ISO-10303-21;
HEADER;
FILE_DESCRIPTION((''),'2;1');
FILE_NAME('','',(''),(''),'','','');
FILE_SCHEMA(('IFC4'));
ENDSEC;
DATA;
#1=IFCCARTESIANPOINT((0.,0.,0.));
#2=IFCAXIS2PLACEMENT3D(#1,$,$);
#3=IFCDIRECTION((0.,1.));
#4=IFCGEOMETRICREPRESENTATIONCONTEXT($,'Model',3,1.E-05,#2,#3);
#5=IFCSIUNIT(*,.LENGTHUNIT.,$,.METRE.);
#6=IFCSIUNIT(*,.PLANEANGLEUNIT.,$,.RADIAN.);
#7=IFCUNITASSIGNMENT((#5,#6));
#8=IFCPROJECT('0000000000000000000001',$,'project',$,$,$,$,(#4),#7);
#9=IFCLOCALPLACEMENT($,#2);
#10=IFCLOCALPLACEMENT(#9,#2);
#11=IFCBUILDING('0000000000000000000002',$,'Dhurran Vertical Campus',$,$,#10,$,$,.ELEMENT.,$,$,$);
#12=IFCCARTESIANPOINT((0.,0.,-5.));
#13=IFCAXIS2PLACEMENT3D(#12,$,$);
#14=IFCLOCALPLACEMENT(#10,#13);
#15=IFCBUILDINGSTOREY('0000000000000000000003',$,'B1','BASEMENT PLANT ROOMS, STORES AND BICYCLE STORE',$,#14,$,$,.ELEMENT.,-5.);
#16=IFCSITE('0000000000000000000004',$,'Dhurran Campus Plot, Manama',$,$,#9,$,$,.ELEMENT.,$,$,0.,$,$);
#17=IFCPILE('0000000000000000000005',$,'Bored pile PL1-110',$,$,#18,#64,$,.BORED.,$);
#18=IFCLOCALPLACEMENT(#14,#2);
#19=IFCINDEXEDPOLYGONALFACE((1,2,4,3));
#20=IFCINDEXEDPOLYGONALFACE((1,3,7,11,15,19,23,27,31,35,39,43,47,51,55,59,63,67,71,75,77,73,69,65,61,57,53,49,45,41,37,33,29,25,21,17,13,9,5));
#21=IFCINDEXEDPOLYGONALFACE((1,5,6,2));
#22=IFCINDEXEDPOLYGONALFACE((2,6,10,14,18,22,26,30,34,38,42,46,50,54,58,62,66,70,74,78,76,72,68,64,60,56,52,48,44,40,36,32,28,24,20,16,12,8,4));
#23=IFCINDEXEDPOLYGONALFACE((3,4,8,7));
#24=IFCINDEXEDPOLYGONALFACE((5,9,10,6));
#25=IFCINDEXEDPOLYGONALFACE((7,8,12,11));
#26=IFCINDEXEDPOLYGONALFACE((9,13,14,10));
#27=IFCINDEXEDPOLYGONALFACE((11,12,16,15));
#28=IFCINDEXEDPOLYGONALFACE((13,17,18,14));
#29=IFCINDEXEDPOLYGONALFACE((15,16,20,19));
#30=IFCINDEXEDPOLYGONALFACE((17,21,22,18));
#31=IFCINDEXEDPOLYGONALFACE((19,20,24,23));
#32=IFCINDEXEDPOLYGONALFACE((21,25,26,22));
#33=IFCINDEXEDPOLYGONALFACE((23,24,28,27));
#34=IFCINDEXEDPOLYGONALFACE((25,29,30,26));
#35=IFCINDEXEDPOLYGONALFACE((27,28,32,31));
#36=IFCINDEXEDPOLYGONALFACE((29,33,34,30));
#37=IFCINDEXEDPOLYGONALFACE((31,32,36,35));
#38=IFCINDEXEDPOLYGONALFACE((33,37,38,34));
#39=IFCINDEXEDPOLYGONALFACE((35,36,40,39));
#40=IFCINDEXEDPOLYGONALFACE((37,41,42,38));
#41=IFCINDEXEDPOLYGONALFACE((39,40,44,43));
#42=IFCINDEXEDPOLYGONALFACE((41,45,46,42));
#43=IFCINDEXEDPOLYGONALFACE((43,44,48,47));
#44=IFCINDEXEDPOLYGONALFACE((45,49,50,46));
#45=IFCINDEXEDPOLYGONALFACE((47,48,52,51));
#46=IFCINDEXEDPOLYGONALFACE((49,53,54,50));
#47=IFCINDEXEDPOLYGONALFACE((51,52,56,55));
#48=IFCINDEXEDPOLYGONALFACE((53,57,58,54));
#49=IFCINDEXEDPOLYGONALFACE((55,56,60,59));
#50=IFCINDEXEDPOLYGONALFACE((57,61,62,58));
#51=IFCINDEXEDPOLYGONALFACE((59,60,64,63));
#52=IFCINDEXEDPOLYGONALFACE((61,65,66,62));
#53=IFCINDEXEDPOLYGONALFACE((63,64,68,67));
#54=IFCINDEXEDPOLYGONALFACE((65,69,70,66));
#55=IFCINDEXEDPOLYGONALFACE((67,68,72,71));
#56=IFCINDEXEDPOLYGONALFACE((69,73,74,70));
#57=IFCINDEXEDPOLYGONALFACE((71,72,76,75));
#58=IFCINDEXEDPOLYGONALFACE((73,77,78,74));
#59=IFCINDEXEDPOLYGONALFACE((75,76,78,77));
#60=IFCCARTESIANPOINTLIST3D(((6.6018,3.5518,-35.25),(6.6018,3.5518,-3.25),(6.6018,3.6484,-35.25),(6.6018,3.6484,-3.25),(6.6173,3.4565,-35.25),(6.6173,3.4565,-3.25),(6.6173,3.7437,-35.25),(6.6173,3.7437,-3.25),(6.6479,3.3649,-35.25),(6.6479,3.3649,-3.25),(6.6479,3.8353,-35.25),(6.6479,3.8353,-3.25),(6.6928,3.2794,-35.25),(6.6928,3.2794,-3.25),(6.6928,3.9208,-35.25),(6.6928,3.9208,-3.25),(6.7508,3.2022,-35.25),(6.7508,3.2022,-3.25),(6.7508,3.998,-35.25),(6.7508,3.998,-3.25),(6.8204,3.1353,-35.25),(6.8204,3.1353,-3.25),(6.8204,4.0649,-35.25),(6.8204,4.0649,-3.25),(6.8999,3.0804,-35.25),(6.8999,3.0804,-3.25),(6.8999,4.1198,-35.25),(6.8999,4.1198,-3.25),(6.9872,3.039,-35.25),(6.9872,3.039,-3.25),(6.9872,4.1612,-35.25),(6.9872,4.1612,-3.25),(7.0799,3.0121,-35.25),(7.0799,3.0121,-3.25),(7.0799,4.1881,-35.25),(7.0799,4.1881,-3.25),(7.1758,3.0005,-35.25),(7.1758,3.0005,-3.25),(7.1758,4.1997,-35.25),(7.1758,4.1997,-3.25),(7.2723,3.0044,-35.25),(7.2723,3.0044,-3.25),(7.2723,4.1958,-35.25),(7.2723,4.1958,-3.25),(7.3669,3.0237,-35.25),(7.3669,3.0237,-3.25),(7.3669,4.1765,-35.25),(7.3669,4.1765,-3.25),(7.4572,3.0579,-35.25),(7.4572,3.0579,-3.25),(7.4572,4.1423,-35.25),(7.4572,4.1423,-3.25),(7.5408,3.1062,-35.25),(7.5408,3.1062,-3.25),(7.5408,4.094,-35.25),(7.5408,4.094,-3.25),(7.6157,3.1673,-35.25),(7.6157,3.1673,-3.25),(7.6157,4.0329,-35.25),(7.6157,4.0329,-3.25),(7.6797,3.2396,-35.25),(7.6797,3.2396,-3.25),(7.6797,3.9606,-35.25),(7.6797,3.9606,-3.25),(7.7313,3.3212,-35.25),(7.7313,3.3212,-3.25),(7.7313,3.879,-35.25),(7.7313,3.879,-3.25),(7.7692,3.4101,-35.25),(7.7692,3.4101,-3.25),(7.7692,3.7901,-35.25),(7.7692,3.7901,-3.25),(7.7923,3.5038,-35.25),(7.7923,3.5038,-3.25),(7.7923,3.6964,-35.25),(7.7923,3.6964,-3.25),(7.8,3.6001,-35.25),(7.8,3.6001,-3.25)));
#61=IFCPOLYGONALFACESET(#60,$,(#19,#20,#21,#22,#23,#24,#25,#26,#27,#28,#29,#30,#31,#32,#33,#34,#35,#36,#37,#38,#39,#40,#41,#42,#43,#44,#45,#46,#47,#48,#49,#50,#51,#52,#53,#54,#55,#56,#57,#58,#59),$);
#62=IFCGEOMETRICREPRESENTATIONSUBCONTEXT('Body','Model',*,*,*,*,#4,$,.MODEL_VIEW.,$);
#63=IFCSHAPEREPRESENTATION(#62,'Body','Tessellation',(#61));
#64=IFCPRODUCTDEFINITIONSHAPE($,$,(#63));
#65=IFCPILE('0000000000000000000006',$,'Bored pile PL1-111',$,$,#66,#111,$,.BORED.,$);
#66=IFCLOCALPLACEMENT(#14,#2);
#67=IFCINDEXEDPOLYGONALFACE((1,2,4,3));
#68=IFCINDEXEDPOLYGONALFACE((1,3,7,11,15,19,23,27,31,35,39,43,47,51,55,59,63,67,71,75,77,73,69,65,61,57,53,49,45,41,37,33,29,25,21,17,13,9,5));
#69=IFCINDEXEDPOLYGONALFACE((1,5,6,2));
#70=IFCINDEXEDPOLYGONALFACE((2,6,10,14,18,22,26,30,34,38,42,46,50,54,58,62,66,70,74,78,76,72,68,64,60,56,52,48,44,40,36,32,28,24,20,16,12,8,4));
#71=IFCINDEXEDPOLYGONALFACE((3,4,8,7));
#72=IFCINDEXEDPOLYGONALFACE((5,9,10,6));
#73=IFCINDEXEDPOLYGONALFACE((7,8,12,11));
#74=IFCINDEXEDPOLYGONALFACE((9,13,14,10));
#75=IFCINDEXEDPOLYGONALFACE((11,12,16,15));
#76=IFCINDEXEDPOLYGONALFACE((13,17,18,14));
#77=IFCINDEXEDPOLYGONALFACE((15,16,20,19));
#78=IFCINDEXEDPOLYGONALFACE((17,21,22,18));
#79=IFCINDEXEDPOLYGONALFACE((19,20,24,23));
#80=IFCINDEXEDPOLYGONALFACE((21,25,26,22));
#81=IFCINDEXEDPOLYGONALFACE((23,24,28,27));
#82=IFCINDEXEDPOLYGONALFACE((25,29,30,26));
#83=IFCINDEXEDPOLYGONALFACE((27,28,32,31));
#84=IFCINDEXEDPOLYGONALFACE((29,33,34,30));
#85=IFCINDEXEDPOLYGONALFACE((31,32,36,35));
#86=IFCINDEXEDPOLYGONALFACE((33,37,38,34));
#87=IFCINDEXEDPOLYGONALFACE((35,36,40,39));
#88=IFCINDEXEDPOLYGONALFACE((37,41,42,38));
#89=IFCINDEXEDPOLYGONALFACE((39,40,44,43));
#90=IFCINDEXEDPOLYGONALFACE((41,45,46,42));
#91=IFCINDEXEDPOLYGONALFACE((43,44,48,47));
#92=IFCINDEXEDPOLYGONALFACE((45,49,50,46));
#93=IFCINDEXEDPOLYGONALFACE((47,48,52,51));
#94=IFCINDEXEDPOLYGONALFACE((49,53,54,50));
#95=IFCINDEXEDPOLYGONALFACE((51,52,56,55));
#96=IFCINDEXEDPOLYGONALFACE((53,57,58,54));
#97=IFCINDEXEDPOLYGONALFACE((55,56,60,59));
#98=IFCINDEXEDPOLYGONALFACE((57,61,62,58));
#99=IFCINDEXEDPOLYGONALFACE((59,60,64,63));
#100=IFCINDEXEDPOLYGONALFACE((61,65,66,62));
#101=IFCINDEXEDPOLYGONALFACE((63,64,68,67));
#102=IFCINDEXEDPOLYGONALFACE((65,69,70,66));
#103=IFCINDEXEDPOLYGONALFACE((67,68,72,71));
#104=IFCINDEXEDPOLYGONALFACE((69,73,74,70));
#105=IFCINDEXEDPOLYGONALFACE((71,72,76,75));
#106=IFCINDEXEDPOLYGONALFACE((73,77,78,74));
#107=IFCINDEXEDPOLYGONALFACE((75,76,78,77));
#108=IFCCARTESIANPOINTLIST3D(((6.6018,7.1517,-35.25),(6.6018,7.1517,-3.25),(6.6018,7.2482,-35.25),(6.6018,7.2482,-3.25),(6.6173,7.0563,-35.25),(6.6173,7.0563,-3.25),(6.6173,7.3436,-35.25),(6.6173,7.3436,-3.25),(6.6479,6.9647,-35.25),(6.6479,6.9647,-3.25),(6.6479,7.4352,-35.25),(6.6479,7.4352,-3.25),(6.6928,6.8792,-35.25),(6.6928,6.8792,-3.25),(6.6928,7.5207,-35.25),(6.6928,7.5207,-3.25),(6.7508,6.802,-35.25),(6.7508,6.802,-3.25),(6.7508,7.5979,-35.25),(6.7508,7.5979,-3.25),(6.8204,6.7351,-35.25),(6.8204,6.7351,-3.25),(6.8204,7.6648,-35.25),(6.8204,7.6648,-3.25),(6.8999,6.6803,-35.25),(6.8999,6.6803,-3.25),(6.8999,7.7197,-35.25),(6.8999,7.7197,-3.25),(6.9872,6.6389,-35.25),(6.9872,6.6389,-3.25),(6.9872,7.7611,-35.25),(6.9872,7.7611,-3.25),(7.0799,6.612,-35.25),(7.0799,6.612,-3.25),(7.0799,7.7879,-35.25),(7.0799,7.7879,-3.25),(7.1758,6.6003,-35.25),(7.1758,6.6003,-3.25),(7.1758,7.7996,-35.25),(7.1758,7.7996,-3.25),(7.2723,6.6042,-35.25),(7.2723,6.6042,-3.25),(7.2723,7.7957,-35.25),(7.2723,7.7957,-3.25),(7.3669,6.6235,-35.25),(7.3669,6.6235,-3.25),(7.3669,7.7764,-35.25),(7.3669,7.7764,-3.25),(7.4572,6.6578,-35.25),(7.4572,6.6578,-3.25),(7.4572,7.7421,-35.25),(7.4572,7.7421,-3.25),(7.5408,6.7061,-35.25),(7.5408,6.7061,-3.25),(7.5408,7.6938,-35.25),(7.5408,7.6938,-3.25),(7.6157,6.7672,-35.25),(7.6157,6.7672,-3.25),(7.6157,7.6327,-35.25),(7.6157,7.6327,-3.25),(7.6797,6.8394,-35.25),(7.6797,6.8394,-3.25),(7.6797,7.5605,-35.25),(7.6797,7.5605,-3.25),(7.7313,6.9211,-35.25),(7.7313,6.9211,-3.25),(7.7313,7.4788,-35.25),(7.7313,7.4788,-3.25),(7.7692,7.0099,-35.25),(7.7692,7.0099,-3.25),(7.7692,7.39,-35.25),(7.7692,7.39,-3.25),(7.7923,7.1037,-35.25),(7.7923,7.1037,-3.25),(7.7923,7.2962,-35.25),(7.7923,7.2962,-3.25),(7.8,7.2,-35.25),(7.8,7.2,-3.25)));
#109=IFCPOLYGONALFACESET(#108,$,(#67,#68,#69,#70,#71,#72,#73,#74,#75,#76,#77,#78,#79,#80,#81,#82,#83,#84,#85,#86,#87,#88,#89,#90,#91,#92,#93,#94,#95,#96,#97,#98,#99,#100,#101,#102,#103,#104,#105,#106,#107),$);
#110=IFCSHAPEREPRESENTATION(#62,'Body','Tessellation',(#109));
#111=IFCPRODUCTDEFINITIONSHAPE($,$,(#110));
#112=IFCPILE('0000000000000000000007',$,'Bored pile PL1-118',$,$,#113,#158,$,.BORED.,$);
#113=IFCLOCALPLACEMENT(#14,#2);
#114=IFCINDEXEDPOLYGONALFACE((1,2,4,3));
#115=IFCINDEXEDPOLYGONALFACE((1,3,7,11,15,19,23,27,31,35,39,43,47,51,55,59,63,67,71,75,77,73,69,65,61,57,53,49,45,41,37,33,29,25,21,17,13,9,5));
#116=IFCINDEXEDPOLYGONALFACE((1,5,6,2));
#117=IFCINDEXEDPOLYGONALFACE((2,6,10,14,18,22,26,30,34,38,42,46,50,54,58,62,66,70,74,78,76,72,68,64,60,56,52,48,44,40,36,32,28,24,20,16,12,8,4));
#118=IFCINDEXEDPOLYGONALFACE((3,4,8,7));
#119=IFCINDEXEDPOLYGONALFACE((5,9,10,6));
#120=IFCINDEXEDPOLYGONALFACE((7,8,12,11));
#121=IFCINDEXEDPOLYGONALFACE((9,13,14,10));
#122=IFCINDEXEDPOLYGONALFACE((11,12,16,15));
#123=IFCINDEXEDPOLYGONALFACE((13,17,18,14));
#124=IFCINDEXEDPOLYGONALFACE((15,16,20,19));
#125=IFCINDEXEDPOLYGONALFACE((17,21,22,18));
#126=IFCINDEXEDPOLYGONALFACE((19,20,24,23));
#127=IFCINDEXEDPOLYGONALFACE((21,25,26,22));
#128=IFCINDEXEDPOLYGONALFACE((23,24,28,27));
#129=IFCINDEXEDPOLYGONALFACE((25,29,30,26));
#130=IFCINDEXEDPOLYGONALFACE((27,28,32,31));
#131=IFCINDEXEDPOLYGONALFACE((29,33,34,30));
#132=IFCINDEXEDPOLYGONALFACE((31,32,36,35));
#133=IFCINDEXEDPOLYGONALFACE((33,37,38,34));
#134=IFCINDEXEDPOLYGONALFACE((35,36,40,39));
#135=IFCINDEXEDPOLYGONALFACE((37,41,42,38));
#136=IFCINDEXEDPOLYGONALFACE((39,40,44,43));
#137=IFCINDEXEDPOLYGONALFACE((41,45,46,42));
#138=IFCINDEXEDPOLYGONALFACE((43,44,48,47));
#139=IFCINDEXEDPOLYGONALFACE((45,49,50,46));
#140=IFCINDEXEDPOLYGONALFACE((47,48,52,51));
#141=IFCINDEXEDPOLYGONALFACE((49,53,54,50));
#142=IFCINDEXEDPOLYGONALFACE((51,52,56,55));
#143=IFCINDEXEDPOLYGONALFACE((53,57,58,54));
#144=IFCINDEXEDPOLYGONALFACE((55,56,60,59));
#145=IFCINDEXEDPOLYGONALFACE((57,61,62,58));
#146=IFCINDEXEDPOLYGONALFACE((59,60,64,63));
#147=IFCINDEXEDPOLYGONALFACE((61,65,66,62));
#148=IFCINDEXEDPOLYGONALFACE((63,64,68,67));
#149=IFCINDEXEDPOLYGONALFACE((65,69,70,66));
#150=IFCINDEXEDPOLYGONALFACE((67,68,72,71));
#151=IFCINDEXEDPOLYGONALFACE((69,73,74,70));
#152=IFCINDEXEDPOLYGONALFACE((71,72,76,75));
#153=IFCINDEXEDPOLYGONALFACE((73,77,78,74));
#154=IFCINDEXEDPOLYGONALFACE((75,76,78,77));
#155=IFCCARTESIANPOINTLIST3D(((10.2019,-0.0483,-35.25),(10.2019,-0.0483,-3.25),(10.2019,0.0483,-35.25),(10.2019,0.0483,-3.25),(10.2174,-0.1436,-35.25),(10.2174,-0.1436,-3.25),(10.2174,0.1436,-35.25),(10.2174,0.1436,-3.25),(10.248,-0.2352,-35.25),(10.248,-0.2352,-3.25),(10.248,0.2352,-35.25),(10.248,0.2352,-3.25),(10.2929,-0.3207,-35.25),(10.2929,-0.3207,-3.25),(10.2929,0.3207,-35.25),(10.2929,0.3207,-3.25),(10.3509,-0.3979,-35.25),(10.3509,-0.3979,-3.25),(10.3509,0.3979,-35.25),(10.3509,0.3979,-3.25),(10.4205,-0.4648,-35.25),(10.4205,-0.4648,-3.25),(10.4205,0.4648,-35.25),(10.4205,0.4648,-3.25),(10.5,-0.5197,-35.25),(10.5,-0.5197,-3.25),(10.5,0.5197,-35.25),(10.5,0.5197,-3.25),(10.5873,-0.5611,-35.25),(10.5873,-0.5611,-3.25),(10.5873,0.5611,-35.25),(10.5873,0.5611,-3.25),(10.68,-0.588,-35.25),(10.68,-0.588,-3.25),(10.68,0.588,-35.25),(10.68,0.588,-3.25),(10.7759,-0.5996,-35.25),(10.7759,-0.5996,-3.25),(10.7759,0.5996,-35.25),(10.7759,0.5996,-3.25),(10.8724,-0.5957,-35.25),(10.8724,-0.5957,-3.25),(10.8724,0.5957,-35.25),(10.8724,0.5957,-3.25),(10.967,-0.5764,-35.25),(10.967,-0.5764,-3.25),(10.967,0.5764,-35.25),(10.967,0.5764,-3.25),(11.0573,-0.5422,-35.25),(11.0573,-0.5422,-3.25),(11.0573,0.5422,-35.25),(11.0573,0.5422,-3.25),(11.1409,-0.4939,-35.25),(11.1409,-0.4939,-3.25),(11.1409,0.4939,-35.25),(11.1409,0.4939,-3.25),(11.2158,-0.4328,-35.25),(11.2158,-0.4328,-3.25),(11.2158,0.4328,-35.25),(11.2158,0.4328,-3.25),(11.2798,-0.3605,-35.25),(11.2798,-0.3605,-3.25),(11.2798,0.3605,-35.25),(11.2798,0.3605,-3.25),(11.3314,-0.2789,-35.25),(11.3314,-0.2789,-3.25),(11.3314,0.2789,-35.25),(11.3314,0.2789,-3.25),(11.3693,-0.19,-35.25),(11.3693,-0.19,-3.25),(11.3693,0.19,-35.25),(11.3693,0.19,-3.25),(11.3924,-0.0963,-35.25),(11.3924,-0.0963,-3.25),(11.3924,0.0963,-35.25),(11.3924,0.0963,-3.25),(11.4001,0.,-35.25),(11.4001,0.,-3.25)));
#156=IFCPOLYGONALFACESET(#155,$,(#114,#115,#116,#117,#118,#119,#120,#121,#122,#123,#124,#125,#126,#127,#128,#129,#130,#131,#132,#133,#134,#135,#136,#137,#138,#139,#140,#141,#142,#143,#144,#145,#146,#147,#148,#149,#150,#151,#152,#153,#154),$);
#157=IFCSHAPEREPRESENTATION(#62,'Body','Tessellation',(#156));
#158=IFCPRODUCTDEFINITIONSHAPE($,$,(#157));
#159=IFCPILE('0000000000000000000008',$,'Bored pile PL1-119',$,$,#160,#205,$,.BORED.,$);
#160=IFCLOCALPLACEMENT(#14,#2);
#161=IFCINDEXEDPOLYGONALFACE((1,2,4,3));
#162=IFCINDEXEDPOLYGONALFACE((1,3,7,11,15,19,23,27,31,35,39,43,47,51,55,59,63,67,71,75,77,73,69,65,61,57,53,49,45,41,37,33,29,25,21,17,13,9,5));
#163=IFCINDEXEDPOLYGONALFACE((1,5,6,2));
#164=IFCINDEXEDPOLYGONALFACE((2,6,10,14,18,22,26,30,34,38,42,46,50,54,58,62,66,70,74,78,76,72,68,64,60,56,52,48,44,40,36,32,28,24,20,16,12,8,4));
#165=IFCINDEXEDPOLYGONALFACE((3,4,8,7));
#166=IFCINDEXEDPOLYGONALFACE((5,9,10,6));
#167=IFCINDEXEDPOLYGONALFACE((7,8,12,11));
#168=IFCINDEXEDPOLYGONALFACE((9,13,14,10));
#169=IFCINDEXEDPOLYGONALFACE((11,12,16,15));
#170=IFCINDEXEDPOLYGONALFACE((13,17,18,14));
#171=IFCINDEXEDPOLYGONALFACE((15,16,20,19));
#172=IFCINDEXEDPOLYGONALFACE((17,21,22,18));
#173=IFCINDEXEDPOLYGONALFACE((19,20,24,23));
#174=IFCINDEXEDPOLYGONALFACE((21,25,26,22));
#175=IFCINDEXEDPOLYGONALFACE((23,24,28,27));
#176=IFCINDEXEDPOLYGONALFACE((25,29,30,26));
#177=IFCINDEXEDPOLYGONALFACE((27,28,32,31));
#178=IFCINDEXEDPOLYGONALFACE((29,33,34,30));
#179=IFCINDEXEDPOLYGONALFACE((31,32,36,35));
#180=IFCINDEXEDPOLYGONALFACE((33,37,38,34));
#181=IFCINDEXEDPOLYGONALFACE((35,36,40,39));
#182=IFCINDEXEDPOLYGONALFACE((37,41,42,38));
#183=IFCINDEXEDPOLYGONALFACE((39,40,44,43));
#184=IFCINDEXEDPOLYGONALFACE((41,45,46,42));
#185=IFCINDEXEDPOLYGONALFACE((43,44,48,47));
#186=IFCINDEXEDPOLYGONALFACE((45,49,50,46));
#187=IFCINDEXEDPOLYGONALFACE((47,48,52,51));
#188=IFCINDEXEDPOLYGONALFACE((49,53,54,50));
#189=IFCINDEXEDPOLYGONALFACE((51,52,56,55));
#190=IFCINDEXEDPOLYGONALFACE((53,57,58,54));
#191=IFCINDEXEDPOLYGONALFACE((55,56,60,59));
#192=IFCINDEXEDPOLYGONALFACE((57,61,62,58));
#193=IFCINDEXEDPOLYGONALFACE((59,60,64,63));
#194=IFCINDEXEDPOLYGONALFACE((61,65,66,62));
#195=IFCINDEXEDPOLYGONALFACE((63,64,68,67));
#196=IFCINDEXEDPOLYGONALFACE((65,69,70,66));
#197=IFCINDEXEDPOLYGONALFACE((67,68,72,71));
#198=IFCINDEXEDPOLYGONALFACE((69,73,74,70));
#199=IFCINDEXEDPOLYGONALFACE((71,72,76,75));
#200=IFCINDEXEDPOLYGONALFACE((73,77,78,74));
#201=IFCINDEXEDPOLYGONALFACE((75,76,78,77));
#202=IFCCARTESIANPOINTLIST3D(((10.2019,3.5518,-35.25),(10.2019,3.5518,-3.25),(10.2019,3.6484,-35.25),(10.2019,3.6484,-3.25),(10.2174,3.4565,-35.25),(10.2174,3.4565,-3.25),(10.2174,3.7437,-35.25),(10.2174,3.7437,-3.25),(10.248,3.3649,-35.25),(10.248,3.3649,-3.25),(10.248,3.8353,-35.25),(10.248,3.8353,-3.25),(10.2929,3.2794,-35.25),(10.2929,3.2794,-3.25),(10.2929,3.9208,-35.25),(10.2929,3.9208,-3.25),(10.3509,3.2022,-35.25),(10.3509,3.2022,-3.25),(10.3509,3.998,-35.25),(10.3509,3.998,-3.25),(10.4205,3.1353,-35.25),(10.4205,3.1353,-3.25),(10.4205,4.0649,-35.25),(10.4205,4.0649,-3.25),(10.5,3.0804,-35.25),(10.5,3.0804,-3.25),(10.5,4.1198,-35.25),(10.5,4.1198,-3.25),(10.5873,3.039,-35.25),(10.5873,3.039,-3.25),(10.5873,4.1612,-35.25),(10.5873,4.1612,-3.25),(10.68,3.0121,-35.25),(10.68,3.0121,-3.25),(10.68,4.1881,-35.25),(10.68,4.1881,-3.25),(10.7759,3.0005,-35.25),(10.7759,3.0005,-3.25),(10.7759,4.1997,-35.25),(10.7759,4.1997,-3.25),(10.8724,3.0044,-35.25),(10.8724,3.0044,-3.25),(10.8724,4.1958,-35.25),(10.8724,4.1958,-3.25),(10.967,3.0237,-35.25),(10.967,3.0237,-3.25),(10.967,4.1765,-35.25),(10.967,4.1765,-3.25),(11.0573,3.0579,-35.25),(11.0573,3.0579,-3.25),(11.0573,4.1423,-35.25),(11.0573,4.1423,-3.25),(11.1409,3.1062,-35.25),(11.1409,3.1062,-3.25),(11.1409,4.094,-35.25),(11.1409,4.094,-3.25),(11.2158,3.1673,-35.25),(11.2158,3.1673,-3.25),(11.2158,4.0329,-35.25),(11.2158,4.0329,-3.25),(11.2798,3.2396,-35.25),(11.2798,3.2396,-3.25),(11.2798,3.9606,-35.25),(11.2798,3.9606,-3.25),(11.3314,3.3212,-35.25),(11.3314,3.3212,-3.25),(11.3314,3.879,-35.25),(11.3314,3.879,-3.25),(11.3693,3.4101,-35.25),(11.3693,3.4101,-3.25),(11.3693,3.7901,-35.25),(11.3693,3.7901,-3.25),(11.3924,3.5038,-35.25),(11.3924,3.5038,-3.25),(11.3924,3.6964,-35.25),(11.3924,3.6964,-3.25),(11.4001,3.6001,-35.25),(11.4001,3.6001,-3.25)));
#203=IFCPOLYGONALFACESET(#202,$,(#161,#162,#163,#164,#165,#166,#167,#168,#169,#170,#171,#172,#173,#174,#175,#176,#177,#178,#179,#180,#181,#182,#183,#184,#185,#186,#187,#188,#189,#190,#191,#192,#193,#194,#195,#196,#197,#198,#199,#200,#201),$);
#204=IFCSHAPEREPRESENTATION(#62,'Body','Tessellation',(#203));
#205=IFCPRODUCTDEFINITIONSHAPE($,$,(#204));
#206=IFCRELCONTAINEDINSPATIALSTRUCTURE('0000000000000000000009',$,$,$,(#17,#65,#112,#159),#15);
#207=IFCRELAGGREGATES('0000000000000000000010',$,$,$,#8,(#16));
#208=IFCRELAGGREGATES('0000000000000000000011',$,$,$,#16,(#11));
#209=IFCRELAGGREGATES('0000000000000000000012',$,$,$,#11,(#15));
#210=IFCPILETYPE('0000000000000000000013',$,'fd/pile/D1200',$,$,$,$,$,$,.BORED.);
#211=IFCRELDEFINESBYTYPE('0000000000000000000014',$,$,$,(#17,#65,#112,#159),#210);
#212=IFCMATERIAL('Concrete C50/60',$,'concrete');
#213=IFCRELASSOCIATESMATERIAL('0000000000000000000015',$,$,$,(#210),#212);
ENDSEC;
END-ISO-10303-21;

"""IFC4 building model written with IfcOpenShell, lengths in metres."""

from ifc_helpers import new_model, si_unit, direction, frame, origin, origin_2d, place, context, subcontext, project, spatial, circle, extrude, material, material_profile, profile_set, type_object, element, save


model = new_model("IFC4")

# Units and contexts
model_context = context("Model", 3, precision=1e-05, world=origin(), true_north=direction((0.0, 1.0)))
body_context = subcontext(model_context, "Body", "Model", "MODEL_VIEW")
ifc_project = project(units=[si_unit("LENGTHUNIT", "METRE"), si_unit("PLANEANGLEUNIT", "RADIAN")], contexts=[model_context])

# Site, building, storey
site_placement = place(None, origin())
site = spatial("IfcSite", under=ifc_project, at=site_placement, Name="Dhurran Campus Plot, Manama", CompositionType="ELEMENT", RefElevation=0.0)
building_placement = place(site_placement, origin())
building = spatial("IfcBuilding", under=site, at=building_placement, Name="Dhurran Vertical Campus", CompositionType="ELEMENT")
storey_placement = place(building_placement, frame((0.0, 0.0, -5.0)))
storey = spatial("IfcBuildingStorey", under=building, at=storey_placement, Name="B1", Description="BASEMENT PLANT ROOMS, STORES AND BICYCLE STORE", CompositionType="ELEMENT", Elevation=-5.0)

# Piles
ifc_material_1 = material(Name="Concrete C50/60", Category="concrete")
ifc_material_profile = material_profile(ifc_material_1, circle(Radius=0.6001, at=origin_2d()), Name="fd/pile/D1200")
ifc_profile_set = profile_set([ifc_material_profile], Name="Concrete C50/60")
pile_type = type_object("IfcPileType", Name="fd/pile/D1200", PredefinedType="BORED", material=ifc_profile_set)
for number, where, z_axis, x_axis, name in (
    (1, (7.2, 3.6001, -3.25), (0.0, 0.0, -1.0), (1.0, 0.0, 0.0), "Bored pile PL1-110"),
    (2, (7.2, 7.2, -3.25), (0.0, 0.0, -1.0), (1.0, 0.0, 0.0), "Bored pile PL1-111"),
    (3, (10.8, 0.0, -3.25), (0.0, 0.0, -1.0), (1.0, 0.0, 0.0), "Bored pile PL1-118"),
    (4, (10.8, 3.6001, -3.25), (0.0, 0.0, -1.0), (1.0, 0.0, 0.0), "Bored pile PL1-119"),
):
    element("IfcPile", number, at=place(storey_placement, frame(where, z_axis=z_axis, x_axis=x_axis)), inside=storey, type_object=pile_type, Name=name, PredefinedType="BORED", context=body_context, shape_type="SweptSolid", body=[
        extrude(circle(Radius=0.6001, at=origin_2d()), origin(), (0.0, 0.0, 1.0), 32.0),
    ])

save(model, "model.ifc")
